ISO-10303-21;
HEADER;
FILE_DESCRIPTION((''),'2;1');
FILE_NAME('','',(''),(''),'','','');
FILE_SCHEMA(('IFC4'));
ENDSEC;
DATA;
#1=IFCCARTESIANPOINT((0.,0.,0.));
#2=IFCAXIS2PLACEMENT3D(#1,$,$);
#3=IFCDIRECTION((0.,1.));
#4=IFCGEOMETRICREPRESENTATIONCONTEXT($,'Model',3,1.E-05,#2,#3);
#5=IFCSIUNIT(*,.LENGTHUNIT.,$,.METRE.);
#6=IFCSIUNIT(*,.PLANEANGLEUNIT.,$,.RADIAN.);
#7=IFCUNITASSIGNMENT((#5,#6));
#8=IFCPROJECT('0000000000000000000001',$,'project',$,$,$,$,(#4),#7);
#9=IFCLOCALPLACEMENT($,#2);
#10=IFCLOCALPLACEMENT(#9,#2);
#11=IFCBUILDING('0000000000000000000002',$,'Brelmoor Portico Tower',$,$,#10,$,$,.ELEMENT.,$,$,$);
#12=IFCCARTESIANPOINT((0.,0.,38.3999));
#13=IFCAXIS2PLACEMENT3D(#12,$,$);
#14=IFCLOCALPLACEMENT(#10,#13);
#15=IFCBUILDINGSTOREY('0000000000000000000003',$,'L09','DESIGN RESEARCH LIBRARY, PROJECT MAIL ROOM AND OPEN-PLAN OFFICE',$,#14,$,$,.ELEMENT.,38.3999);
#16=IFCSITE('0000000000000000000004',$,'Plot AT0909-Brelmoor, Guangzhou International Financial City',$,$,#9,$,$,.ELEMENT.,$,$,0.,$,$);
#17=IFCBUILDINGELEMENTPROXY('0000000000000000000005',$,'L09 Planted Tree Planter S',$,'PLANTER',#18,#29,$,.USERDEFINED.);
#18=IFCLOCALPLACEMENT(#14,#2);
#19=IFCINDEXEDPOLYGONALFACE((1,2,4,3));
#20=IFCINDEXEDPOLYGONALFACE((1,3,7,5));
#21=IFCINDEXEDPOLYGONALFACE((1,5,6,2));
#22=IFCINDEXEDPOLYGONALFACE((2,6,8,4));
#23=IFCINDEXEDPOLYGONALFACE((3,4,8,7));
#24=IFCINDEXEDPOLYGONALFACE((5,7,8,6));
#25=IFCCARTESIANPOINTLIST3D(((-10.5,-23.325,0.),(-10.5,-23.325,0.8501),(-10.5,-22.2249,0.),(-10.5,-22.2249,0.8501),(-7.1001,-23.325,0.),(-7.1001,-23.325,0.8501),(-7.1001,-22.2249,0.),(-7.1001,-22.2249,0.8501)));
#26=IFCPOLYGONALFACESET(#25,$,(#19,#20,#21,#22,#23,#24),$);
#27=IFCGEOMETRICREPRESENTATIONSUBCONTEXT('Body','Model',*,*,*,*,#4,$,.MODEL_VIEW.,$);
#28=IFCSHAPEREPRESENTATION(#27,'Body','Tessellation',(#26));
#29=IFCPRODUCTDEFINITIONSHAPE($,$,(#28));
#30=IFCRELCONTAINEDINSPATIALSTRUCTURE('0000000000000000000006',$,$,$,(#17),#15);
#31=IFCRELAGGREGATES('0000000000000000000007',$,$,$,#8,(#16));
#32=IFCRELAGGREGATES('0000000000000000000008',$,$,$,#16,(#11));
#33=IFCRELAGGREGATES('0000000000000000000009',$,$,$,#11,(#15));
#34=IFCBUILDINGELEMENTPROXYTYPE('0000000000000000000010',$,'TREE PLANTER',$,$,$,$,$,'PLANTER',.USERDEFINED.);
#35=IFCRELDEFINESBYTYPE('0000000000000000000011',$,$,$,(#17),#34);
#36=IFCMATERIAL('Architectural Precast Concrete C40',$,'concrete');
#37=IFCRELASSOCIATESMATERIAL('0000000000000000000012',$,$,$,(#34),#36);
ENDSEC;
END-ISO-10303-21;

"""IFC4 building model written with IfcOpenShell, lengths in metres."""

from ifc_helpers import new_model, si_unit, direction, frame, origin, origin_2d, place, context, subcontext, project, spatial, rectangle, extrude, material, type_object, element, save


model = new_model("IFC4")

# Units and contexts
model_context = context("Model", 3, precision=1e-05, world=origin(), true_north=direction((0.0, 1.0)))
body_context = subcontext(model_context, "Body", "Model", "MODEL_VIEW")
ifc_project = project(units=[si_unit("LENGTHUNIT", "METRE"), si_unit("PLANEANGLEUNIT", "RADIAN")], contexts=[model_context])

# Site, building, storey
site_placement = place(None, origin())
site = spatial("IfcSite", under=ifc_project, at=site_placement, Name="Plot AT0909-Brelmoor, Guangzhou International Financial City", CompositionType="ELEMENT", RefElevation=0.0)
building_placement = place(site_placement, origin())
building = spatial("IfcBuilding", under=site, at=building_placement, Name="Brelmoor Portico Tower", CompositionType="ELEMENT")
storey_placement = place(building_placement, frame((0.0, 0.0, 38.3999)))
storey = spatial("IfcBuildingStorey", under=building, at=storey_placement, Name="L09", Description="DESIGN RESEARCH LIBRARY, PROJECT MAIL ROOM AND OPEN-PLAN OFFICE", CompositionType="ELEMENT", Elevation=38.3999)

# Building element proxy
ifc_material_1 = material(Name="Architectural Precast Concrete C40", Category="concrete")
building_element_proxy_type = type_object("IfcBuildingElementProxyType", Name="TREE PLANTER", ElementType="PLANTER", PredefinedType="USERDEFINED", material=ifc_material_1)
proxy_placement = place(storey_placement, frame((-8.8, -22.7749, 0.0), z_axis=(0.0, 0.0, 1.0), x_axis=(1.0, 0.0, 0.0)))
element("IfcBuildingElementProxy", 1, at=proxy_placement, inside=storey, type_object=building_element_proxy_type, Name="L09 Planted Tree Planter S", ObjectType="PLANTER", PredefinedType="USERDEFINED", context=body_context, shape_type="SweptSolid", body=[
    extrude(rectangle(XDim=3.3999, YDim=1.1001, at=origin_2d()), origin(), (0.0, 0.0, 1.0), 0.8501),
])

save(model, "model.ifc")
